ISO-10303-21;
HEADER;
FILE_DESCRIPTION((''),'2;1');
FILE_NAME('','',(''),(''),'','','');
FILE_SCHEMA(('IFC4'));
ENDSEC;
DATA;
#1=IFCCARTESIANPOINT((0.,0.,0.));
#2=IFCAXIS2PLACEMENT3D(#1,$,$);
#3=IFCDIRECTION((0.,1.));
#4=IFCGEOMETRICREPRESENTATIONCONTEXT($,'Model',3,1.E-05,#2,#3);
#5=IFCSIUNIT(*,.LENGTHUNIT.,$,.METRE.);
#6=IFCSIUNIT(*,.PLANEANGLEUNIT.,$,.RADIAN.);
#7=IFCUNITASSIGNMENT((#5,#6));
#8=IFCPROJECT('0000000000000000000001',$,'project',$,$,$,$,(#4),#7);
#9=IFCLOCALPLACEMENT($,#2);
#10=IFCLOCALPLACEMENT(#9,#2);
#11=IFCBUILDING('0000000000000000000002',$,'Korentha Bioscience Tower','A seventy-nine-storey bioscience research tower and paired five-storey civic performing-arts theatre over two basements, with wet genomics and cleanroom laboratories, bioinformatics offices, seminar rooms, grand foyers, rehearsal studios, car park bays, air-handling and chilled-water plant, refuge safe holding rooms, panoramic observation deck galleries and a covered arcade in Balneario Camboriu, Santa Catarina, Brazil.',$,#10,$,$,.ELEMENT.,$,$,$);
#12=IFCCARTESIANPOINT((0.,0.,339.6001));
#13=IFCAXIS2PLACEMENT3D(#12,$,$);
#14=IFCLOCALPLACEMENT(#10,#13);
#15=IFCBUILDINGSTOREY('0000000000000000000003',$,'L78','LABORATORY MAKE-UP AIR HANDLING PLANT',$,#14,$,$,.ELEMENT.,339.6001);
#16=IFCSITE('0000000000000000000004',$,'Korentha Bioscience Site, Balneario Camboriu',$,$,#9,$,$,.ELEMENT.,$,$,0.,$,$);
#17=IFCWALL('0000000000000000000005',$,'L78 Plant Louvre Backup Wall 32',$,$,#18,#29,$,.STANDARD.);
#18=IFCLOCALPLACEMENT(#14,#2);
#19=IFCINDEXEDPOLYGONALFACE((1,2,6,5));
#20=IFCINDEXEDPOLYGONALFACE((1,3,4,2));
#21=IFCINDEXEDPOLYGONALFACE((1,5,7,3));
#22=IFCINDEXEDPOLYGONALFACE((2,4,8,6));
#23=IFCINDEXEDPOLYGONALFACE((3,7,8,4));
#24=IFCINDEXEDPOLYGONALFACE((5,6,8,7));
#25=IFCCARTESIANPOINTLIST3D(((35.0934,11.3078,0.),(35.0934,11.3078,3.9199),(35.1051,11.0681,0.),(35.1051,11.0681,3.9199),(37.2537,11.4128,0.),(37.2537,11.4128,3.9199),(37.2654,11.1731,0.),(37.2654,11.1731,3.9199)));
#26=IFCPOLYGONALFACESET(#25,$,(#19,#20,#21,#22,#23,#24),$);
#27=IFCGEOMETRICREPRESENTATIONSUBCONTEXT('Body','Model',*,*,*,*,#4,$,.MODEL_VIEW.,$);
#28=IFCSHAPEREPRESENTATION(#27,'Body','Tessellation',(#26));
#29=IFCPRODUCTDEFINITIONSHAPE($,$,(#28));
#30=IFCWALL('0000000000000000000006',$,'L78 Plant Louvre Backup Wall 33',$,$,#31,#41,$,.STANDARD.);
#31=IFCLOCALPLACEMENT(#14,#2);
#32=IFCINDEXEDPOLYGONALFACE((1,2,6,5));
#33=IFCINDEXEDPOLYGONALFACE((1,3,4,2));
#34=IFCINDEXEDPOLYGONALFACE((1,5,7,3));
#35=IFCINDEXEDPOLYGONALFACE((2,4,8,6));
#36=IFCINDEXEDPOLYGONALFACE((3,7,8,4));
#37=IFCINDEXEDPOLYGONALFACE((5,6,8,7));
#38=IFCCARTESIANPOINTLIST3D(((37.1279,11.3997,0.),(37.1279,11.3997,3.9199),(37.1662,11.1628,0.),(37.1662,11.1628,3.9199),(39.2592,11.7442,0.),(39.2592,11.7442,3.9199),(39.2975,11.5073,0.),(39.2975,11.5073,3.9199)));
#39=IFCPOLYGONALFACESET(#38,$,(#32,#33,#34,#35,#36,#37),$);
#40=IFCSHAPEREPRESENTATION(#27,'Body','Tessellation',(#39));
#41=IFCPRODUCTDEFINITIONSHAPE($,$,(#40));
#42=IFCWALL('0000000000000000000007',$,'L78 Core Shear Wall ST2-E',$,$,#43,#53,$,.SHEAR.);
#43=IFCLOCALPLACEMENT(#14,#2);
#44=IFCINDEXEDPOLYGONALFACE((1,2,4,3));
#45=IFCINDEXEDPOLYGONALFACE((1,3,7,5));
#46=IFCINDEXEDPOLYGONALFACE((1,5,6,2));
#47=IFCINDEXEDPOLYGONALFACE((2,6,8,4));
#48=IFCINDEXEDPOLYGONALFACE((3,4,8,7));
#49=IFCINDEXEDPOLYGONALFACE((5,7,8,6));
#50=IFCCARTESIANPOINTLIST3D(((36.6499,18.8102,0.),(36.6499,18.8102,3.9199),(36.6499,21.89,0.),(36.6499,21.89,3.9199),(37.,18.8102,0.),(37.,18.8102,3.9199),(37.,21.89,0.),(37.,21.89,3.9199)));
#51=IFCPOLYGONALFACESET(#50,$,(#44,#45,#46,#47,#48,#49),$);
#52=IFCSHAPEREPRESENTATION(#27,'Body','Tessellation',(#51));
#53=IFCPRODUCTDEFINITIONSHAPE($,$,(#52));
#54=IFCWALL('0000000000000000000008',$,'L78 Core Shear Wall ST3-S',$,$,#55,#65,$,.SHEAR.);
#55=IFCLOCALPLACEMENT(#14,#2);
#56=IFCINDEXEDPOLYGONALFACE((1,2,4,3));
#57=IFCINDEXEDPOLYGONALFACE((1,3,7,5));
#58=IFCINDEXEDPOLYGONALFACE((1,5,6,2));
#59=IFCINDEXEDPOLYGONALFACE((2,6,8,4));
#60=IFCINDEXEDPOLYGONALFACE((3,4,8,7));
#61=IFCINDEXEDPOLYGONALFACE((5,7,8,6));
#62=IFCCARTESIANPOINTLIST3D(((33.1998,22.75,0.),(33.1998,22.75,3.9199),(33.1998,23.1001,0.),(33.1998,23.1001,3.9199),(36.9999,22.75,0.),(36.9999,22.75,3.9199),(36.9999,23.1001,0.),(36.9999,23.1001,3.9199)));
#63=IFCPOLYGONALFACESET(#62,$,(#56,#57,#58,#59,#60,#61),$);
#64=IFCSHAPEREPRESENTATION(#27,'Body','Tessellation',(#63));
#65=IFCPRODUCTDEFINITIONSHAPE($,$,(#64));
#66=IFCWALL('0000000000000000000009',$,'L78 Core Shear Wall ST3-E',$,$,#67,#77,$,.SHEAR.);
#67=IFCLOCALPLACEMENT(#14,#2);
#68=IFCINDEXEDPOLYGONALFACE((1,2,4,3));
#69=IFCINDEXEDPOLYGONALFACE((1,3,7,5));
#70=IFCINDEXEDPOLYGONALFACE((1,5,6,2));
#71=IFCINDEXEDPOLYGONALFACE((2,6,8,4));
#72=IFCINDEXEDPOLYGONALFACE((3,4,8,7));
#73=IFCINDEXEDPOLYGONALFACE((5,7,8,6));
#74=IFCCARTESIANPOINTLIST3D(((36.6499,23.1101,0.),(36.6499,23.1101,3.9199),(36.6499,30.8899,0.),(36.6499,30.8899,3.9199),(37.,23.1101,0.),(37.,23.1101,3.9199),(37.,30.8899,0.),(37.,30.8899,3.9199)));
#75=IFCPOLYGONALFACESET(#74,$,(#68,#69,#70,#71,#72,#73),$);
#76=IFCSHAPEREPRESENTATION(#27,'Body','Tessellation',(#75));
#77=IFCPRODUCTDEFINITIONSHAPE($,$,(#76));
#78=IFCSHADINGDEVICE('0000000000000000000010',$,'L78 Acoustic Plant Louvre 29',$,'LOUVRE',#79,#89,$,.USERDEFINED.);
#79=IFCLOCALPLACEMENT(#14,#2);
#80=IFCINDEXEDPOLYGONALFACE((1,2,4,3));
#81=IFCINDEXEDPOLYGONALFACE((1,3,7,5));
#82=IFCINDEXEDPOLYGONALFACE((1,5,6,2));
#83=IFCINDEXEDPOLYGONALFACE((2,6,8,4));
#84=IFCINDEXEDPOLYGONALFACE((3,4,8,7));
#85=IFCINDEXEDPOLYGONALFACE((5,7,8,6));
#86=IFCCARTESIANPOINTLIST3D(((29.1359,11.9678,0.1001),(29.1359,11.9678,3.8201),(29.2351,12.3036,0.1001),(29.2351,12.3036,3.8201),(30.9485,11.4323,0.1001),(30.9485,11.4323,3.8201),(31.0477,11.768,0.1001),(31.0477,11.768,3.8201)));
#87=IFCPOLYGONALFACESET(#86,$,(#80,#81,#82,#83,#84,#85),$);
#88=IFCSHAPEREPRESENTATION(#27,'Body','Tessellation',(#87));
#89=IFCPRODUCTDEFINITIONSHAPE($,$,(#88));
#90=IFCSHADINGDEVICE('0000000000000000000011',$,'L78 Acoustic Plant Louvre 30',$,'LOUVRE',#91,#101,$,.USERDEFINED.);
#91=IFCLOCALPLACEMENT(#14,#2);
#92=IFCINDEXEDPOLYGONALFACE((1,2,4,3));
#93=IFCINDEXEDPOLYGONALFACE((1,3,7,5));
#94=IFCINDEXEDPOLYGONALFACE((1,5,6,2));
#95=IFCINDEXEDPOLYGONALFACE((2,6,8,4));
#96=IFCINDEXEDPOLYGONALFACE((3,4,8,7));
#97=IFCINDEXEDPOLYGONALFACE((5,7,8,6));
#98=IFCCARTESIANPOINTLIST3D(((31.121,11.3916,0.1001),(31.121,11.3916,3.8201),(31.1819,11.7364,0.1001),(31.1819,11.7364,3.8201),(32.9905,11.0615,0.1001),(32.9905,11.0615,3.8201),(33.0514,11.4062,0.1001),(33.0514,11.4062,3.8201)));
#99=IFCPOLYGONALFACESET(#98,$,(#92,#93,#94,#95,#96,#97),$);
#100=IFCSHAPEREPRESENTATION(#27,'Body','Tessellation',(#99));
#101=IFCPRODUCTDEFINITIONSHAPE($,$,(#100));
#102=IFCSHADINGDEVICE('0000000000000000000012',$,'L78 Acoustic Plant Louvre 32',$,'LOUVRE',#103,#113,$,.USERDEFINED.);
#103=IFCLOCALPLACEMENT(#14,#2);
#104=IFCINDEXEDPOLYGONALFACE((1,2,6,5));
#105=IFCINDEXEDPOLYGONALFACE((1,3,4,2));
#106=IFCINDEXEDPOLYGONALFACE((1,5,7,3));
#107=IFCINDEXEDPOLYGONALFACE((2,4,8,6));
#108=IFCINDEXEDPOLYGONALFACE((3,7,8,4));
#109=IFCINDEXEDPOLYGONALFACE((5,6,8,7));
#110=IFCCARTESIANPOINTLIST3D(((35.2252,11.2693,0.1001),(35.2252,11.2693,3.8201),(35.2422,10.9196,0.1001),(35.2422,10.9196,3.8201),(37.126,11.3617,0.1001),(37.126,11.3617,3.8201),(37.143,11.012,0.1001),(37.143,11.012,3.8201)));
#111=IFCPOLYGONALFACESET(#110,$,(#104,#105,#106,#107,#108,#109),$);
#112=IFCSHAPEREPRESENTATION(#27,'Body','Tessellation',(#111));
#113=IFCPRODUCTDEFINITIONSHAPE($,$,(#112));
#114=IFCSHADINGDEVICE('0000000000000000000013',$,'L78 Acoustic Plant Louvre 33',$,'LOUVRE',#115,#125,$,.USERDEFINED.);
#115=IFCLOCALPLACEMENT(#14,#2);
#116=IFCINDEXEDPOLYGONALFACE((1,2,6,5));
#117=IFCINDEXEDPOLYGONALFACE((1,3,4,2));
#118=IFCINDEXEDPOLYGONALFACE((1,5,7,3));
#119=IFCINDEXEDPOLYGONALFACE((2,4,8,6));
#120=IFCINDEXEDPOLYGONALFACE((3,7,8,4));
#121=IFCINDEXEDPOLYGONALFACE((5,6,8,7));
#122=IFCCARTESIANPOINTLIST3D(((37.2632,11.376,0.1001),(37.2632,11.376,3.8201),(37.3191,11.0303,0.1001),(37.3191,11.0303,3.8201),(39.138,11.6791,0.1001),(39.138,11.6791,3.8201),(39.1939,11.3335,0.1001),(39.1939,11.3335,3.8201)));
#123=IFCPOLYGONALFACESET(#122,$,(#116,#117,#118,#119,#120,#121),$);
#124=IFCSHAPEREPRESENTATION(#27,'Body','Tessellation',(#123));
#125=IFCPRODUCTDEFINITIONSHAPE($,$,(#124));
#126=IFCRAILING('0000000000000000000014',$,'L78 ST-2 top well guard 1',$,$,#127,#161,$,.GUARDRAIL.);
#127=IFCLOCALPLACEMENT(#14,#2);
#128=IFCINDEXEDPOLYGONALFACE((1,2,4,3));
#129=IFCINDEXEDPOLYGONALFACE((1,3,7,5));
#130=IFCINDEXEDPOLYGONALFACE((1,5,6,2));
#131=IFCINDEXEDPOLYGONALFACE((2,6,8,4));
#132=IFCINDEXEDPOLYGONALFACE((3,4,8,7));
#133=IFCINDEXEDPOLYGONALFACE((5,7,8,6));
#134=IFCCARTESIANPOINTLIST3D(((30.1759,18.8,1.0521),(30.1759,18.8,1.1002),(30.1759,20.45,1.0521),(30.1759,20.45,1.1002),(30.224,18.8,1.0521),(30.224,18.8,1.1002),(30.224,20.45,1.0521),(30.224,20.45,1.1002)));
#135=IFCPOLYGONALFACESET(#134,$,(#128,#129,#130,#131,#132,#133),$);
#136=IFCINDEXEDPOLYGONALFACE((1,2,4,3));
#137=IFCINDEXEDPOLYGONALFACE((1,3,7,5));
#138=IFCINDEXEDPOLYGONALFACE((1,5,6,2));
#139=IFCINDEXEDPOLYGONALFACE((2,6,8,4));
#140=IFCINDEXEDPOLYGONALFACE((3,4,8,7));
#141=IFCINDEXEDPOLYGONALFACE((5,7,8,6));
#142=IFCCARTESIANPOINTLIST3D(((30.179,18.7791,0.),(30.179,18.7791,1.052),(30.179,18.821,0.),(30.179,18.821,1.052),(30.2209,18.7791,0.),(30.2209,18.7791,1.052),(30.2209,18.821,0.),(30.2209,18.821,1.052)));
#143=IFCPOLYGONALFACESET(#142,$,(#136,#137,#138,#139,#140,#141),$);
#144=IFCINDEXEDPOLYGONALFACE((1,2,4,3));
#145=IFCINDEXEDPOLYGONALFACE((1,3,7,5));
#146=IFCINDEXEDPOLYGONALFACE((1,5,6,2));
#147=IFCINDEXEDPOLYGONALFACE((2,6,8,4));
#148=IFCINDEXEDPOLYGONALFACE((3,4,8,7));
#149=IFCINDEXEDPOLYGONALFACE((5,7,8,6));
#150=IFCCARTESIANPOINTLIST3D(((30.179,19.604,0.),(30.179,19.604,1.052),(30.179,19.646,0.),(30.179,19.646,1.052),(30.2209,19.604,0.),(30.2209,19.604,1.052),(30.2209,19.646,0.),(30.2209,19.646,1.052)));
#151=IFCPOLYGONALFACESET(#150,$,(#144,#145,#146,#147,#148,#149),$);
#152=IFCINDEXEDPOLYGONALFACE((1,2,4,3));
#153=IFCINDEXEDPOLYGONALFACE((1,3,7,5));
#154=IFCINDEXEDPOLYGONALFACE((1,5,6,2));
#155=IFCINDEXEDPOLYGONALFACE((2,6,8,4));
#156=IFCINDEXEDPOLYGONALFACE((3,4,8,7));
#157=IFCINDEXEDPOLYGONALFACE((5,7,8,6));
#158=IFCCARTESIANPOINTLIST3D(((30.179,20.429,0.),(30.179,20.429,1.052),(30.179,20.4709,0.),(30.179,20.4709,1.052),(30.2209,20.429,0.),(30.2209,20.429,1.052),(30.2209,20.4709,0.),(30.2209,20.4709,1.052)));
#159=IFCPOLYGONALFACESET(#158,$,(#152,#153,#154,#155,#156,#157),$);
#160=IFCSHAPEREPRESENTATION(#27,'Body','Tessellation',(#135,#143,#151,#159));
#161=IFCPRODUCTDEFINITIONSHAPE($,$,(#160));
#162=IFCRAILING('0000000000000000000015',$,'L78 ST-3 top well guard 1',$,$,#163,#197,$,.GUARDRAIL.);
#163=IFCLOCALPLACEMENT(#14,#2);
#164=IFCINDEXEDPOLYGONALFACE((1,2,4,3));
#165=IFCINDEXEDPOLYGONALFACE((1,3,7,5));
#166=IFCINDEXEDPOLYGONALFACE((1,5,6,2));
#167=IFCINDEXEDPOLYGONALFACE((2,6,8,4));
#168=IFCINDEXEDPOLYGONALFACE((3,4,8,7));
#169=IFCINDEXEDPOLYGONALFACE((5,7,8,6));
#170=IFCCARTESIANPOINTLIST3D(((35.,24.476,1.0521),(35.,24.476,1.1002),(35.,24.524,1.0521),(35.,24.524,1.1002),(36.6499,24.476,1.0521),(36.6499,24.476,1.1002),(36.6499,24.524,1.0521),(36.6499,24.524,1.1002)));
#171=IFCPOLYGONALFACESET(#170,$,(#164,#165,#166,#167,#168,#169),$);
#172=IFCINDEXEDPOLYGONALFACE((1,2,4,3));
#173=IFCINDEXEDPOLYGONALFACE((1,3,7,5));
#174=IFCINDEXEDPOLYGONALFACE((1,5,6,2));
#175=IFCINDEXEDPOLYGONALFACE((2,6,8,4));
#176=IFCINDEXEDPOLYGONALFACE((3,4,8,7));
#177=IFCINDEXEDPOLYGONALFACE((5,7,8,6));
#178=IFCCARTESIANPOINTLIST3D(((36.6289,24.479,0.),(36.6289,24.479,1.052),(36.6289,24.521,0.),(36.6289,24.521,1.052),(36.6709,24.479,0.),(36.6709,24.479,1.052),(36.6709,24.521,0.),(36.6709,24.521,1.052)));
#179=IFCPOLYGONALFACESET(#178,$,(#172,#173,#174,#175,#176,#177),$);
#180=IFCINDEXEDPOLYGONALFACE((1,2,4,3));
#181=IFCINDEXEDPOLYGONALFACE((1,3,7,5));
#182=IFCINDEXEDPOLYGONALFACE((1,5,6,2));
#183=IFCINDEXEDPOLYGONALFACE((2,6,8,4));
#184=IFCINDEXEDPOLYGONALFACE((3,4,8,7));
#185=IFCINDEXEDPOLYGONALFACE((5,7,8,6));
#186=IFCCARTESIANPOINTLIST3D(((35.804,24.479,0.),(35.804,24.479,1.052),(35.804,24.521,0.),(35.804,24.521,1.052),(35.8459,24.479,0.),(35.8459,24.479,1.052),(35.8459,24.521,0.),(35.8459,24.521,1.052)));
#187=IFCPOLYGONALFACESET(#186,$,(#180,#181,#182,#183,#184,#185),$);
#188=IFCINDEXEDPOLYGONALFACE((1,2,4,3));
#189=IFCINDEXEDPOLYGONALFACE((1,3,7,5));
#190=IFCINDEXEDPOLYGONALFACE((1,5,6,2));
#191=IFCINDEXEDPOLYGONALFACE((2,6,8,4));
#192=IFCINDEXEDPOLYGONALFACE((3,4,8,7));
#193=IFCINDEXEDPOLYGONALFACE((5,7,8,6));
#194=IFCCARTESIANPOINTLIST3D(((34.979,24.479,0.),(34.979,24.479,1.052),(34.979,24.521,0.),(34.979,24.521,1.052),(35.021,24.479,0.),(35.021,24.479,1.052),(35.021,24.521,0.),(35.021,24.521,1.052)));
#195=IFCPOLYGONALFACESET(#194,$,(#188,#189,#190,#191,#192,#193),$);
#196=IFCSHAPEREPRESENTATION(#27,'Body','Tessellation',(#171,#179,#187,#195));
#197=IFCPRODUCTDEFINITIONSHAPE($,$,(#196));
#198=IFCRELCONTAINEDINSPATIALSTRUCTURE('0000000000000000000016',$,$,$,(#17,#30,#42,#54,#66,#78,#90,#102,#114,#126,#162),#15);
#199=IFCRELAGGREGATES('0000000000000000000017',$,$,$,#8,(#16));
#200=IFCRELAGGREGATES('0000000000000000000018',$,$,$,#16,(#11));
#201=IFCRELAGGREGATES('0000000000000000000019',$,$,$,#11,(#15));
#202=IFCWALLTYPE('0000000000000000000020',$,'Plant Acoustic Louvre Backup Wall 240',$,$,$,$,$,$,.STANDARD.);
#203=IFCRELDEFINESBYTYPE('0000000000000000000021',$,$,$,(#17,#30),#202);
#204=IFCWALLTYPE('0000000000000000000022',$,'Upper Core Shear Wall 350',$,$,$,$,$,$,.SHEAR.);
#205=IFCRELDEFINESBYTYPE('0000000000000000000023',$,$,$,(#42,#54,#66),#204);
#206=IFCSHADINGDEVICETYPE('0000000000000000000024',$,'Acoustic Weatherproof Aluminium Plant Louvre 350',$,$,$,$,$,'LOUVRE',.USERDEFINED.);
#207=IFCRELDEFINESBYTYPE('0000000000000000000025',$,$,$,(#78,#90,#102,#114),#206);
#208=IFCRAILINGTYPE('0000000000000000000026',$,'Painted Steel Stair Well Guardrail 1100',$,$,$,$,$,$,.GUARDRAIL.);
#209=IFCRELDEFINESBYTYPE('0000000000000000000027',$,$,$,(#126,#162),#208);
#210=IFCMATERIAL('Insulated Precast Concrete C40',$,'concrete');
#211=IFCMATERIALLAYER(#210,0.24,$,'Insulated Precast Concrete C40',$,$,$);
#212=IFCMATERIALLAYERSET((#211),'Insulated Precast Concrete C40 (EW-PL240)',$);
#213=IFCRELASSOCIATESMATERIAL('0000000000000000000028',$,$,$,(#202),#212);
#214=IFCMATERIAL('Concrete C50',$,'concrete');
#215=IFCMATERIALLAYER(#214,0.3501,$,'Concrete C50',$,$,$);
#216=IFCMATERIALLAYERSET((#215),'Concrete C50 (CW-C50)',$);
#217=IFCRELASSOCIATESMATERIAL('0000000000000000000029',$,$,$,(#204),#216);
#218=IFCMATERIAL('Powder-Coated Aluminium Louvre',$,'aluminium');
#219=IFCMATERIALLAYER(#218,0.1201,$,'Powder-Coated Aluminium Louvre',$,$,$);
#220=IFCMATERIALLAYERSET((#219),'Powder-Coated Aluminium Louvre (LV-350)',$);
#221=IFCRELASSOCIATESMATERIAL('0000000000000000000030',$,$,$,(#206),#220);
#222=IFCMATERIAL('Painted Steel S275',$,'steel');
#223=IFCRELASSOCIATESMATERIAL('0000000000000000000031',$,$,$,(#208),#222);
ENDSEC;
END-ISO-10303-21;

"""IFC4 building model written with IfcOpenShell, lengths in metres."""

from ifc_helpers import new_model, si_unit, direction, frame, frame_2d, origin, origin_2d, place, context, subcontext, project, spatial, rectangle, extrude, material, layer, layer_set, type_object, element, save


model = new_model("IFC4")

# Units and contexts
model_context = context("Model", 3, precision=1e-05, world=origin(), true_north=direction((0.0, 1.0)))
body_context = subcontext(model_context, "Body", "Model", "MODEL_VIEW")
ifc_project = project(units=[si_unit("LENGTHUNIT", "METRE"), si_unit("PLANEANGLEUNIT", "RADIAN")], contexts=[model_context])

# Site, building, storey
site_placement = place(None, origin())
site = spatial("IfcSite", under=ifc_project, at=site_placement, Name="Korentha Bioscience Site, Balneario Camboriu", CompositionType="ELEMENT", RefElevation=0.0)
building_placement = place(site_placement, origin())
building = spatial("IfcBuilding", under=site, at=building_placement, Name="Korentha Bioscience Tower", Description="A seventy-nine-storey bioscience research tower and paired five-storey civic performing-arts theatre over two basements, with wet genomics and cleanroom laboratories, bioinformatics offices, seminar rooms, grand foyers, rehearsal studios, car park bays, air-handling and chilled-water plant, refuge safe holding rooms, panoramic observation deck galleries and a covered arcade in Balneario Camboriu, Santa Catarina, Brazil.", CompositionType="ELEMENT")
storey_placement = place(building_placement, frame((0.0, 0.0, 339.6001)))
storey = spatial("IfcBuildingStorey", under=building, at=storey_placement, Name="L78", Description="LABORATORY MAKE-UP AIR HANDLING PLANT", CompositionType="ELEMENT", Elevation=339.6001)

# Shared definitions
ifc_material_1 = material(Name="Concrete C50", Category="concrete")

# Walls
ifc_material_2 = material(Name="Insulated Precast Concrete C40", Category="concrete")
ifc_layer_1 = layer(ifc_material_2, 0.24, Name="Insulated Precast Concrete C40")
ifc_layer_set_1 = layer_set([ifc_layer_1], Name="Insulated Precast Concrete C40 (EW-PL240)")
wall_type_1 = type_object("IfcWallType", Name="Plant Acoustic Louvre Backup Wall 240", PredefinedType="STANDARD", material=ifc_layer_set_1)
wall_1_placement = place(storey_placement, frame((35.0991, 11.188, 0.0), z_axis=(0.0, 0.0, 1.0), x_axis=(0.998821, 0.048536, 0.0)))
element("IfcWall", 1, at=wall_1_placement, inside=storey, type_object=wall_type_1, Name="L78 Plant Louvre Backup Wall 32", PredefinedType="STANDARD", context=body_context, shape_type="SweptSolid", body=[
    extrude(rectangle(XDim=2.1628, YDim=0.24, at=frame_2d((1.0815, 0.0))), origin(), (0.0, 0.0, 1.0), 3.9199),
])
wall_2_placement = place(storey_placement, frame((37.147, 11.2812, 0.0), z_axis=(0.0, 0.0, 1.0), x_axis=(0.987189, 0.159556, 0.0)))
element("IfcWall", 2, at=wall_2_placement, inside=storey, type_object=wall_type_1, Name="L78 Plant Louvre Backup Wall 33", PredefinedType="STANDARD", context=body_context, shape_type="SweptSolid", body=[
    extrude(rectangle(XDim=2.1589, YDim=0.24, at=frame_2d((1.0796, 0.0))), origin(), (0.0, 0.0, 1.0), 3.9199),
])
ifc_layer_2 = layer(ifc_material_1, 0.3501, Name="Concrete C50")
ifc_layer_set_2 = layer_set([ifc_layer_2], Name="Concrete C50 (CW-C50)")
wall_type_2 = type_object("IfcWallType", Name="Upper Core Shear Wall 350", PredefinedType="SHEAR", material=ifc_layer_set_2)
wall_3_placement = place(storey_placement, frame((36.825, 18.8101, 0.0), z_axis=(0.0, 0.0, 1.0), x_axis=(0.0, 1.0, 0.0)))
element("IfcWall", 3, at=wall_3_placement, inside=storey, type_object=wall_type_2, Name="L78 Core Shear Wall ST2-E", PredefinedType="SHEAR", context=body_context, shape_type="SweptSolid", body=[
    extrude(rectangle(XDim=3.0798, YDim=0.3501, at=frame_2d((1.54, 0.0))), origin(), (0.0, 0.0, 1.0), 3.9199),
])
wall_4_placement = place(storey_placement, frame((33.2, 22.925, 0.0), z_axis=(0.0, 0.0, 1.0), x_axis=(1.0, 0.0, 0.0)))
element("IfcWall", 4, at=wall_4_placement, inside=storey, type_object=wall_type_2, Name="L78 Core Shear Wall ST3-S", PredefinedType="SHEAR", context=body_context, shape_type="SweptSolid", body=[
    extrude(rectangle(XDim=3.8, YDim=0.3501, at=frame_2d((1.8999, 0.0))), origin(), (0.0, 0.0, 1.0), 3.9199),
])
wall_5_placement = place(storey_placement, frame((36.825, 23.1101, 0.0), z_axis=(0.0, 0.0, 1.0), x_axis=(0.0, 1.0, 0.0)))
element("IfcWall", 5, at=wall_5_placement, inside=storey, type_object=wall_type_2, Name="L78 Core Shear Wall ST3-E", PredefinedType="SHEAR", context=body_context, shape_type="SweptSolid", body=[
    extrude(rectangle(XDim=7.7798, YDim=0.3501, at=frame_2d((3.8899, 0.0))), origin(), (0.0, 0.0, 1.0), 3.9199),
])

# Shading devices
ifc_material_3 = material(Name="Powder-Coated Aluminium Louvre", Category="aluminium")
ifc_layer_3 = layer(ifc_material_3, 0.1201, Name="Powder-Coated Aluminium Louvre")
ifc_layer_set_3 = layer_set([ifc_layer_3], Name="Powder-Coated Aluminium Louvre (LV-350)")
shading_device_type = type_object("IfcShadingDeviceType", Name="Acoustic Weatherproof Aluminium Plant Louvre 350", ElementType="LOUVRE", PredefinedType="USERDEFINED", material=ifc_layer_set_3)
shading_device_1_placement = place(storey_placement, frame((30.0918, 11.8679, 0.1001), z_axis=(0.0, 0.0, 1.0), x_axis=(0.959017, -0.283349, 0.0)))
element("IfcShadingDevice", 6, at=shading_device_1_placement, inside=storey, type_object=shading_device_type, Name="L78 Acoustic Plant Louvre 29", ObjectType="LOUVRE", PredefinedType="USERDEFINED", context=body_context, shape_type="SweptSolid", body=[
    extrude(rectangle(XDim=1.8901, YDim=0.3501, at=origin_2d()), origin(), (0.0, 0.0, 1.0), 3.72),
])
shading_device_2_placement = place(storey_placement, frame((32.0862, 11.3989, 0.1001), z_axis=(0.0, 0.0, 1.0), x_axis=(0.984759, -0.173924, 0.0)))
element("IfcShadingDevice", 7, at=shading_device_2_placement, inside=storey, type_object=shading_device_type, Name="L78 Acoustic Plant Louvre 30", ObjectType="LOUVRE", PredefinedType="USERDEFINED", context=body_context, shape_type="SweptSolid", body=[
    extrude(rectangle(XDim=1.8984, YDim=0.3501, at=origin_2d()), origin(), (0.0, 0.0, 1.0), 3.72),
])
shading_device_3_placement = place(storey_placement, frame((36.1841, 11.1406, 0.1001), z_axis=(0.0, 0.0, 1.0), x_axis=(0.99882, 0.048569, 0.0)))
element("IfcShadingDevice", 8, at=shading_device_3_placement, inside=storey, type_object=shading_device_type, Name="L78 Acoustic Plant Louvre 32", ObjectType="LOUVRE", PredefinedType="USERDEFINED", context=body_context, shape_type="SweptSolid", body=[
    extrude(rectangle(XDim=1.9031, YDim=0.3501, at=origin_2d()), origin(), (0.0, 0.0, 1.0), 3.72),
])
shading_device_4_placement = place(storey_placement, frame((38.2285, 11.3547, 0.1001), z_axis=(0.0, 0.0, 1.0), x_axis=(0.987177, 0.159632, 0.0)))
element("IfcShadingDevice", 9, at=shading_device_4_placement, inside=storey, type_object=shading_device_type, Name="L78 Acoustic Plant Louvre 33", ObjectType="LOUVRE", PredefinedType="USERDEFINED", context=body_context, shape_type="SweptSolid", body=[
    extrude(rectangle(XDim=1.8992, YDim=0.3501, at=origin_2d()), origin(), (0.0, 0.0, 1.0), 3.72),
])

# Railings
ifc_material_4 = material(Name="Painted Steel S275", Category="steel")
railing_type = type_object("IfcRailingType", Name="Painted Steel Stair Well Guardrail 1100", PredefinedType="GUARDRAIL", material=ifc_material_4)
railing_1_placement = place(storey_placement, frame((30.2, 18.8, 0.0)))
element("IfcRailing", 10, at=railing_1_placement, inside=storey, type_object=railing_type, Name="L78 ST-2 top well guard 1", PredefinedType="GUARDRAIL", context=body_context, shape_type="SweptSolid", body=[
    extrude(rectangle(XDim=0.0481, YDim=0.0481, at=origin_2d()), frame((0.0, 0.0, 1.0762), z_axis=(0.0, 1.0, 0.0), x_axis=(-1.0, 0.0, 0.0)), (0.0, 0.0, 1.0), 1.6499),
    extrude(rectangle(XDim=0.042, YDim=0.042, at=origin_2d()), origin(), (0.0, 0.0, 1.0), 1.052),
    extrude(rectangle(XDim=0.042, YDim=0.042, at=origin_2d()), frame((0.0, 0.825, 0.0)), (0.0, 0.0, 1.0), 1.052),
    extrude(rectangle(XDim=0.042, YDim=0.042, at=origin_2d()), frame((0.0, 1.6499, 0.0)), (0.0, 0.0, 1.0), 1.052),
])
railing_2_placement = place(storey_placement, frame((36.6499, 24.5, 0.0)))
element("IfcRailing", 11, at=railing_2_placement, inside=storey, type_object=railing_type, Name="L78 ST-3 top well guard 1", PredefinedType="GUARDRAIL", context=body_context, shape_type="SweptSolid", body=[
    extrude(rectangle(XDim=0.0481, YDim=0.0481, at=origin_2d()), frame((0.0, 0.0, 1.0762), z_axis=(-1.0, 0.0, 0.0), x_axis=(0.0, -1.0, 0.0)), (0.0, 0.0, 1.0), 1.6499),
    extrude(rectangle(XDim=0.042, YDim=0.042, at=origin_2d()), origin(), (0.0, 0.0, 1.0), 1.052),
    extrude(rectangle(XDim=0.042, YDim=0.042, at=origin_2d()), frame((-0.825, 0.0, 0.0)), (0.0, 0.0, 1.0), 1.052),
    extrude(rectangle(XDim=0.042, YDim=0.042, at=origin_2d()), frame((-1.6499, 0.0, 0.0)), (0.0, 0.0, 1.0), 1.052),
])

save(model, "model.ifc")
